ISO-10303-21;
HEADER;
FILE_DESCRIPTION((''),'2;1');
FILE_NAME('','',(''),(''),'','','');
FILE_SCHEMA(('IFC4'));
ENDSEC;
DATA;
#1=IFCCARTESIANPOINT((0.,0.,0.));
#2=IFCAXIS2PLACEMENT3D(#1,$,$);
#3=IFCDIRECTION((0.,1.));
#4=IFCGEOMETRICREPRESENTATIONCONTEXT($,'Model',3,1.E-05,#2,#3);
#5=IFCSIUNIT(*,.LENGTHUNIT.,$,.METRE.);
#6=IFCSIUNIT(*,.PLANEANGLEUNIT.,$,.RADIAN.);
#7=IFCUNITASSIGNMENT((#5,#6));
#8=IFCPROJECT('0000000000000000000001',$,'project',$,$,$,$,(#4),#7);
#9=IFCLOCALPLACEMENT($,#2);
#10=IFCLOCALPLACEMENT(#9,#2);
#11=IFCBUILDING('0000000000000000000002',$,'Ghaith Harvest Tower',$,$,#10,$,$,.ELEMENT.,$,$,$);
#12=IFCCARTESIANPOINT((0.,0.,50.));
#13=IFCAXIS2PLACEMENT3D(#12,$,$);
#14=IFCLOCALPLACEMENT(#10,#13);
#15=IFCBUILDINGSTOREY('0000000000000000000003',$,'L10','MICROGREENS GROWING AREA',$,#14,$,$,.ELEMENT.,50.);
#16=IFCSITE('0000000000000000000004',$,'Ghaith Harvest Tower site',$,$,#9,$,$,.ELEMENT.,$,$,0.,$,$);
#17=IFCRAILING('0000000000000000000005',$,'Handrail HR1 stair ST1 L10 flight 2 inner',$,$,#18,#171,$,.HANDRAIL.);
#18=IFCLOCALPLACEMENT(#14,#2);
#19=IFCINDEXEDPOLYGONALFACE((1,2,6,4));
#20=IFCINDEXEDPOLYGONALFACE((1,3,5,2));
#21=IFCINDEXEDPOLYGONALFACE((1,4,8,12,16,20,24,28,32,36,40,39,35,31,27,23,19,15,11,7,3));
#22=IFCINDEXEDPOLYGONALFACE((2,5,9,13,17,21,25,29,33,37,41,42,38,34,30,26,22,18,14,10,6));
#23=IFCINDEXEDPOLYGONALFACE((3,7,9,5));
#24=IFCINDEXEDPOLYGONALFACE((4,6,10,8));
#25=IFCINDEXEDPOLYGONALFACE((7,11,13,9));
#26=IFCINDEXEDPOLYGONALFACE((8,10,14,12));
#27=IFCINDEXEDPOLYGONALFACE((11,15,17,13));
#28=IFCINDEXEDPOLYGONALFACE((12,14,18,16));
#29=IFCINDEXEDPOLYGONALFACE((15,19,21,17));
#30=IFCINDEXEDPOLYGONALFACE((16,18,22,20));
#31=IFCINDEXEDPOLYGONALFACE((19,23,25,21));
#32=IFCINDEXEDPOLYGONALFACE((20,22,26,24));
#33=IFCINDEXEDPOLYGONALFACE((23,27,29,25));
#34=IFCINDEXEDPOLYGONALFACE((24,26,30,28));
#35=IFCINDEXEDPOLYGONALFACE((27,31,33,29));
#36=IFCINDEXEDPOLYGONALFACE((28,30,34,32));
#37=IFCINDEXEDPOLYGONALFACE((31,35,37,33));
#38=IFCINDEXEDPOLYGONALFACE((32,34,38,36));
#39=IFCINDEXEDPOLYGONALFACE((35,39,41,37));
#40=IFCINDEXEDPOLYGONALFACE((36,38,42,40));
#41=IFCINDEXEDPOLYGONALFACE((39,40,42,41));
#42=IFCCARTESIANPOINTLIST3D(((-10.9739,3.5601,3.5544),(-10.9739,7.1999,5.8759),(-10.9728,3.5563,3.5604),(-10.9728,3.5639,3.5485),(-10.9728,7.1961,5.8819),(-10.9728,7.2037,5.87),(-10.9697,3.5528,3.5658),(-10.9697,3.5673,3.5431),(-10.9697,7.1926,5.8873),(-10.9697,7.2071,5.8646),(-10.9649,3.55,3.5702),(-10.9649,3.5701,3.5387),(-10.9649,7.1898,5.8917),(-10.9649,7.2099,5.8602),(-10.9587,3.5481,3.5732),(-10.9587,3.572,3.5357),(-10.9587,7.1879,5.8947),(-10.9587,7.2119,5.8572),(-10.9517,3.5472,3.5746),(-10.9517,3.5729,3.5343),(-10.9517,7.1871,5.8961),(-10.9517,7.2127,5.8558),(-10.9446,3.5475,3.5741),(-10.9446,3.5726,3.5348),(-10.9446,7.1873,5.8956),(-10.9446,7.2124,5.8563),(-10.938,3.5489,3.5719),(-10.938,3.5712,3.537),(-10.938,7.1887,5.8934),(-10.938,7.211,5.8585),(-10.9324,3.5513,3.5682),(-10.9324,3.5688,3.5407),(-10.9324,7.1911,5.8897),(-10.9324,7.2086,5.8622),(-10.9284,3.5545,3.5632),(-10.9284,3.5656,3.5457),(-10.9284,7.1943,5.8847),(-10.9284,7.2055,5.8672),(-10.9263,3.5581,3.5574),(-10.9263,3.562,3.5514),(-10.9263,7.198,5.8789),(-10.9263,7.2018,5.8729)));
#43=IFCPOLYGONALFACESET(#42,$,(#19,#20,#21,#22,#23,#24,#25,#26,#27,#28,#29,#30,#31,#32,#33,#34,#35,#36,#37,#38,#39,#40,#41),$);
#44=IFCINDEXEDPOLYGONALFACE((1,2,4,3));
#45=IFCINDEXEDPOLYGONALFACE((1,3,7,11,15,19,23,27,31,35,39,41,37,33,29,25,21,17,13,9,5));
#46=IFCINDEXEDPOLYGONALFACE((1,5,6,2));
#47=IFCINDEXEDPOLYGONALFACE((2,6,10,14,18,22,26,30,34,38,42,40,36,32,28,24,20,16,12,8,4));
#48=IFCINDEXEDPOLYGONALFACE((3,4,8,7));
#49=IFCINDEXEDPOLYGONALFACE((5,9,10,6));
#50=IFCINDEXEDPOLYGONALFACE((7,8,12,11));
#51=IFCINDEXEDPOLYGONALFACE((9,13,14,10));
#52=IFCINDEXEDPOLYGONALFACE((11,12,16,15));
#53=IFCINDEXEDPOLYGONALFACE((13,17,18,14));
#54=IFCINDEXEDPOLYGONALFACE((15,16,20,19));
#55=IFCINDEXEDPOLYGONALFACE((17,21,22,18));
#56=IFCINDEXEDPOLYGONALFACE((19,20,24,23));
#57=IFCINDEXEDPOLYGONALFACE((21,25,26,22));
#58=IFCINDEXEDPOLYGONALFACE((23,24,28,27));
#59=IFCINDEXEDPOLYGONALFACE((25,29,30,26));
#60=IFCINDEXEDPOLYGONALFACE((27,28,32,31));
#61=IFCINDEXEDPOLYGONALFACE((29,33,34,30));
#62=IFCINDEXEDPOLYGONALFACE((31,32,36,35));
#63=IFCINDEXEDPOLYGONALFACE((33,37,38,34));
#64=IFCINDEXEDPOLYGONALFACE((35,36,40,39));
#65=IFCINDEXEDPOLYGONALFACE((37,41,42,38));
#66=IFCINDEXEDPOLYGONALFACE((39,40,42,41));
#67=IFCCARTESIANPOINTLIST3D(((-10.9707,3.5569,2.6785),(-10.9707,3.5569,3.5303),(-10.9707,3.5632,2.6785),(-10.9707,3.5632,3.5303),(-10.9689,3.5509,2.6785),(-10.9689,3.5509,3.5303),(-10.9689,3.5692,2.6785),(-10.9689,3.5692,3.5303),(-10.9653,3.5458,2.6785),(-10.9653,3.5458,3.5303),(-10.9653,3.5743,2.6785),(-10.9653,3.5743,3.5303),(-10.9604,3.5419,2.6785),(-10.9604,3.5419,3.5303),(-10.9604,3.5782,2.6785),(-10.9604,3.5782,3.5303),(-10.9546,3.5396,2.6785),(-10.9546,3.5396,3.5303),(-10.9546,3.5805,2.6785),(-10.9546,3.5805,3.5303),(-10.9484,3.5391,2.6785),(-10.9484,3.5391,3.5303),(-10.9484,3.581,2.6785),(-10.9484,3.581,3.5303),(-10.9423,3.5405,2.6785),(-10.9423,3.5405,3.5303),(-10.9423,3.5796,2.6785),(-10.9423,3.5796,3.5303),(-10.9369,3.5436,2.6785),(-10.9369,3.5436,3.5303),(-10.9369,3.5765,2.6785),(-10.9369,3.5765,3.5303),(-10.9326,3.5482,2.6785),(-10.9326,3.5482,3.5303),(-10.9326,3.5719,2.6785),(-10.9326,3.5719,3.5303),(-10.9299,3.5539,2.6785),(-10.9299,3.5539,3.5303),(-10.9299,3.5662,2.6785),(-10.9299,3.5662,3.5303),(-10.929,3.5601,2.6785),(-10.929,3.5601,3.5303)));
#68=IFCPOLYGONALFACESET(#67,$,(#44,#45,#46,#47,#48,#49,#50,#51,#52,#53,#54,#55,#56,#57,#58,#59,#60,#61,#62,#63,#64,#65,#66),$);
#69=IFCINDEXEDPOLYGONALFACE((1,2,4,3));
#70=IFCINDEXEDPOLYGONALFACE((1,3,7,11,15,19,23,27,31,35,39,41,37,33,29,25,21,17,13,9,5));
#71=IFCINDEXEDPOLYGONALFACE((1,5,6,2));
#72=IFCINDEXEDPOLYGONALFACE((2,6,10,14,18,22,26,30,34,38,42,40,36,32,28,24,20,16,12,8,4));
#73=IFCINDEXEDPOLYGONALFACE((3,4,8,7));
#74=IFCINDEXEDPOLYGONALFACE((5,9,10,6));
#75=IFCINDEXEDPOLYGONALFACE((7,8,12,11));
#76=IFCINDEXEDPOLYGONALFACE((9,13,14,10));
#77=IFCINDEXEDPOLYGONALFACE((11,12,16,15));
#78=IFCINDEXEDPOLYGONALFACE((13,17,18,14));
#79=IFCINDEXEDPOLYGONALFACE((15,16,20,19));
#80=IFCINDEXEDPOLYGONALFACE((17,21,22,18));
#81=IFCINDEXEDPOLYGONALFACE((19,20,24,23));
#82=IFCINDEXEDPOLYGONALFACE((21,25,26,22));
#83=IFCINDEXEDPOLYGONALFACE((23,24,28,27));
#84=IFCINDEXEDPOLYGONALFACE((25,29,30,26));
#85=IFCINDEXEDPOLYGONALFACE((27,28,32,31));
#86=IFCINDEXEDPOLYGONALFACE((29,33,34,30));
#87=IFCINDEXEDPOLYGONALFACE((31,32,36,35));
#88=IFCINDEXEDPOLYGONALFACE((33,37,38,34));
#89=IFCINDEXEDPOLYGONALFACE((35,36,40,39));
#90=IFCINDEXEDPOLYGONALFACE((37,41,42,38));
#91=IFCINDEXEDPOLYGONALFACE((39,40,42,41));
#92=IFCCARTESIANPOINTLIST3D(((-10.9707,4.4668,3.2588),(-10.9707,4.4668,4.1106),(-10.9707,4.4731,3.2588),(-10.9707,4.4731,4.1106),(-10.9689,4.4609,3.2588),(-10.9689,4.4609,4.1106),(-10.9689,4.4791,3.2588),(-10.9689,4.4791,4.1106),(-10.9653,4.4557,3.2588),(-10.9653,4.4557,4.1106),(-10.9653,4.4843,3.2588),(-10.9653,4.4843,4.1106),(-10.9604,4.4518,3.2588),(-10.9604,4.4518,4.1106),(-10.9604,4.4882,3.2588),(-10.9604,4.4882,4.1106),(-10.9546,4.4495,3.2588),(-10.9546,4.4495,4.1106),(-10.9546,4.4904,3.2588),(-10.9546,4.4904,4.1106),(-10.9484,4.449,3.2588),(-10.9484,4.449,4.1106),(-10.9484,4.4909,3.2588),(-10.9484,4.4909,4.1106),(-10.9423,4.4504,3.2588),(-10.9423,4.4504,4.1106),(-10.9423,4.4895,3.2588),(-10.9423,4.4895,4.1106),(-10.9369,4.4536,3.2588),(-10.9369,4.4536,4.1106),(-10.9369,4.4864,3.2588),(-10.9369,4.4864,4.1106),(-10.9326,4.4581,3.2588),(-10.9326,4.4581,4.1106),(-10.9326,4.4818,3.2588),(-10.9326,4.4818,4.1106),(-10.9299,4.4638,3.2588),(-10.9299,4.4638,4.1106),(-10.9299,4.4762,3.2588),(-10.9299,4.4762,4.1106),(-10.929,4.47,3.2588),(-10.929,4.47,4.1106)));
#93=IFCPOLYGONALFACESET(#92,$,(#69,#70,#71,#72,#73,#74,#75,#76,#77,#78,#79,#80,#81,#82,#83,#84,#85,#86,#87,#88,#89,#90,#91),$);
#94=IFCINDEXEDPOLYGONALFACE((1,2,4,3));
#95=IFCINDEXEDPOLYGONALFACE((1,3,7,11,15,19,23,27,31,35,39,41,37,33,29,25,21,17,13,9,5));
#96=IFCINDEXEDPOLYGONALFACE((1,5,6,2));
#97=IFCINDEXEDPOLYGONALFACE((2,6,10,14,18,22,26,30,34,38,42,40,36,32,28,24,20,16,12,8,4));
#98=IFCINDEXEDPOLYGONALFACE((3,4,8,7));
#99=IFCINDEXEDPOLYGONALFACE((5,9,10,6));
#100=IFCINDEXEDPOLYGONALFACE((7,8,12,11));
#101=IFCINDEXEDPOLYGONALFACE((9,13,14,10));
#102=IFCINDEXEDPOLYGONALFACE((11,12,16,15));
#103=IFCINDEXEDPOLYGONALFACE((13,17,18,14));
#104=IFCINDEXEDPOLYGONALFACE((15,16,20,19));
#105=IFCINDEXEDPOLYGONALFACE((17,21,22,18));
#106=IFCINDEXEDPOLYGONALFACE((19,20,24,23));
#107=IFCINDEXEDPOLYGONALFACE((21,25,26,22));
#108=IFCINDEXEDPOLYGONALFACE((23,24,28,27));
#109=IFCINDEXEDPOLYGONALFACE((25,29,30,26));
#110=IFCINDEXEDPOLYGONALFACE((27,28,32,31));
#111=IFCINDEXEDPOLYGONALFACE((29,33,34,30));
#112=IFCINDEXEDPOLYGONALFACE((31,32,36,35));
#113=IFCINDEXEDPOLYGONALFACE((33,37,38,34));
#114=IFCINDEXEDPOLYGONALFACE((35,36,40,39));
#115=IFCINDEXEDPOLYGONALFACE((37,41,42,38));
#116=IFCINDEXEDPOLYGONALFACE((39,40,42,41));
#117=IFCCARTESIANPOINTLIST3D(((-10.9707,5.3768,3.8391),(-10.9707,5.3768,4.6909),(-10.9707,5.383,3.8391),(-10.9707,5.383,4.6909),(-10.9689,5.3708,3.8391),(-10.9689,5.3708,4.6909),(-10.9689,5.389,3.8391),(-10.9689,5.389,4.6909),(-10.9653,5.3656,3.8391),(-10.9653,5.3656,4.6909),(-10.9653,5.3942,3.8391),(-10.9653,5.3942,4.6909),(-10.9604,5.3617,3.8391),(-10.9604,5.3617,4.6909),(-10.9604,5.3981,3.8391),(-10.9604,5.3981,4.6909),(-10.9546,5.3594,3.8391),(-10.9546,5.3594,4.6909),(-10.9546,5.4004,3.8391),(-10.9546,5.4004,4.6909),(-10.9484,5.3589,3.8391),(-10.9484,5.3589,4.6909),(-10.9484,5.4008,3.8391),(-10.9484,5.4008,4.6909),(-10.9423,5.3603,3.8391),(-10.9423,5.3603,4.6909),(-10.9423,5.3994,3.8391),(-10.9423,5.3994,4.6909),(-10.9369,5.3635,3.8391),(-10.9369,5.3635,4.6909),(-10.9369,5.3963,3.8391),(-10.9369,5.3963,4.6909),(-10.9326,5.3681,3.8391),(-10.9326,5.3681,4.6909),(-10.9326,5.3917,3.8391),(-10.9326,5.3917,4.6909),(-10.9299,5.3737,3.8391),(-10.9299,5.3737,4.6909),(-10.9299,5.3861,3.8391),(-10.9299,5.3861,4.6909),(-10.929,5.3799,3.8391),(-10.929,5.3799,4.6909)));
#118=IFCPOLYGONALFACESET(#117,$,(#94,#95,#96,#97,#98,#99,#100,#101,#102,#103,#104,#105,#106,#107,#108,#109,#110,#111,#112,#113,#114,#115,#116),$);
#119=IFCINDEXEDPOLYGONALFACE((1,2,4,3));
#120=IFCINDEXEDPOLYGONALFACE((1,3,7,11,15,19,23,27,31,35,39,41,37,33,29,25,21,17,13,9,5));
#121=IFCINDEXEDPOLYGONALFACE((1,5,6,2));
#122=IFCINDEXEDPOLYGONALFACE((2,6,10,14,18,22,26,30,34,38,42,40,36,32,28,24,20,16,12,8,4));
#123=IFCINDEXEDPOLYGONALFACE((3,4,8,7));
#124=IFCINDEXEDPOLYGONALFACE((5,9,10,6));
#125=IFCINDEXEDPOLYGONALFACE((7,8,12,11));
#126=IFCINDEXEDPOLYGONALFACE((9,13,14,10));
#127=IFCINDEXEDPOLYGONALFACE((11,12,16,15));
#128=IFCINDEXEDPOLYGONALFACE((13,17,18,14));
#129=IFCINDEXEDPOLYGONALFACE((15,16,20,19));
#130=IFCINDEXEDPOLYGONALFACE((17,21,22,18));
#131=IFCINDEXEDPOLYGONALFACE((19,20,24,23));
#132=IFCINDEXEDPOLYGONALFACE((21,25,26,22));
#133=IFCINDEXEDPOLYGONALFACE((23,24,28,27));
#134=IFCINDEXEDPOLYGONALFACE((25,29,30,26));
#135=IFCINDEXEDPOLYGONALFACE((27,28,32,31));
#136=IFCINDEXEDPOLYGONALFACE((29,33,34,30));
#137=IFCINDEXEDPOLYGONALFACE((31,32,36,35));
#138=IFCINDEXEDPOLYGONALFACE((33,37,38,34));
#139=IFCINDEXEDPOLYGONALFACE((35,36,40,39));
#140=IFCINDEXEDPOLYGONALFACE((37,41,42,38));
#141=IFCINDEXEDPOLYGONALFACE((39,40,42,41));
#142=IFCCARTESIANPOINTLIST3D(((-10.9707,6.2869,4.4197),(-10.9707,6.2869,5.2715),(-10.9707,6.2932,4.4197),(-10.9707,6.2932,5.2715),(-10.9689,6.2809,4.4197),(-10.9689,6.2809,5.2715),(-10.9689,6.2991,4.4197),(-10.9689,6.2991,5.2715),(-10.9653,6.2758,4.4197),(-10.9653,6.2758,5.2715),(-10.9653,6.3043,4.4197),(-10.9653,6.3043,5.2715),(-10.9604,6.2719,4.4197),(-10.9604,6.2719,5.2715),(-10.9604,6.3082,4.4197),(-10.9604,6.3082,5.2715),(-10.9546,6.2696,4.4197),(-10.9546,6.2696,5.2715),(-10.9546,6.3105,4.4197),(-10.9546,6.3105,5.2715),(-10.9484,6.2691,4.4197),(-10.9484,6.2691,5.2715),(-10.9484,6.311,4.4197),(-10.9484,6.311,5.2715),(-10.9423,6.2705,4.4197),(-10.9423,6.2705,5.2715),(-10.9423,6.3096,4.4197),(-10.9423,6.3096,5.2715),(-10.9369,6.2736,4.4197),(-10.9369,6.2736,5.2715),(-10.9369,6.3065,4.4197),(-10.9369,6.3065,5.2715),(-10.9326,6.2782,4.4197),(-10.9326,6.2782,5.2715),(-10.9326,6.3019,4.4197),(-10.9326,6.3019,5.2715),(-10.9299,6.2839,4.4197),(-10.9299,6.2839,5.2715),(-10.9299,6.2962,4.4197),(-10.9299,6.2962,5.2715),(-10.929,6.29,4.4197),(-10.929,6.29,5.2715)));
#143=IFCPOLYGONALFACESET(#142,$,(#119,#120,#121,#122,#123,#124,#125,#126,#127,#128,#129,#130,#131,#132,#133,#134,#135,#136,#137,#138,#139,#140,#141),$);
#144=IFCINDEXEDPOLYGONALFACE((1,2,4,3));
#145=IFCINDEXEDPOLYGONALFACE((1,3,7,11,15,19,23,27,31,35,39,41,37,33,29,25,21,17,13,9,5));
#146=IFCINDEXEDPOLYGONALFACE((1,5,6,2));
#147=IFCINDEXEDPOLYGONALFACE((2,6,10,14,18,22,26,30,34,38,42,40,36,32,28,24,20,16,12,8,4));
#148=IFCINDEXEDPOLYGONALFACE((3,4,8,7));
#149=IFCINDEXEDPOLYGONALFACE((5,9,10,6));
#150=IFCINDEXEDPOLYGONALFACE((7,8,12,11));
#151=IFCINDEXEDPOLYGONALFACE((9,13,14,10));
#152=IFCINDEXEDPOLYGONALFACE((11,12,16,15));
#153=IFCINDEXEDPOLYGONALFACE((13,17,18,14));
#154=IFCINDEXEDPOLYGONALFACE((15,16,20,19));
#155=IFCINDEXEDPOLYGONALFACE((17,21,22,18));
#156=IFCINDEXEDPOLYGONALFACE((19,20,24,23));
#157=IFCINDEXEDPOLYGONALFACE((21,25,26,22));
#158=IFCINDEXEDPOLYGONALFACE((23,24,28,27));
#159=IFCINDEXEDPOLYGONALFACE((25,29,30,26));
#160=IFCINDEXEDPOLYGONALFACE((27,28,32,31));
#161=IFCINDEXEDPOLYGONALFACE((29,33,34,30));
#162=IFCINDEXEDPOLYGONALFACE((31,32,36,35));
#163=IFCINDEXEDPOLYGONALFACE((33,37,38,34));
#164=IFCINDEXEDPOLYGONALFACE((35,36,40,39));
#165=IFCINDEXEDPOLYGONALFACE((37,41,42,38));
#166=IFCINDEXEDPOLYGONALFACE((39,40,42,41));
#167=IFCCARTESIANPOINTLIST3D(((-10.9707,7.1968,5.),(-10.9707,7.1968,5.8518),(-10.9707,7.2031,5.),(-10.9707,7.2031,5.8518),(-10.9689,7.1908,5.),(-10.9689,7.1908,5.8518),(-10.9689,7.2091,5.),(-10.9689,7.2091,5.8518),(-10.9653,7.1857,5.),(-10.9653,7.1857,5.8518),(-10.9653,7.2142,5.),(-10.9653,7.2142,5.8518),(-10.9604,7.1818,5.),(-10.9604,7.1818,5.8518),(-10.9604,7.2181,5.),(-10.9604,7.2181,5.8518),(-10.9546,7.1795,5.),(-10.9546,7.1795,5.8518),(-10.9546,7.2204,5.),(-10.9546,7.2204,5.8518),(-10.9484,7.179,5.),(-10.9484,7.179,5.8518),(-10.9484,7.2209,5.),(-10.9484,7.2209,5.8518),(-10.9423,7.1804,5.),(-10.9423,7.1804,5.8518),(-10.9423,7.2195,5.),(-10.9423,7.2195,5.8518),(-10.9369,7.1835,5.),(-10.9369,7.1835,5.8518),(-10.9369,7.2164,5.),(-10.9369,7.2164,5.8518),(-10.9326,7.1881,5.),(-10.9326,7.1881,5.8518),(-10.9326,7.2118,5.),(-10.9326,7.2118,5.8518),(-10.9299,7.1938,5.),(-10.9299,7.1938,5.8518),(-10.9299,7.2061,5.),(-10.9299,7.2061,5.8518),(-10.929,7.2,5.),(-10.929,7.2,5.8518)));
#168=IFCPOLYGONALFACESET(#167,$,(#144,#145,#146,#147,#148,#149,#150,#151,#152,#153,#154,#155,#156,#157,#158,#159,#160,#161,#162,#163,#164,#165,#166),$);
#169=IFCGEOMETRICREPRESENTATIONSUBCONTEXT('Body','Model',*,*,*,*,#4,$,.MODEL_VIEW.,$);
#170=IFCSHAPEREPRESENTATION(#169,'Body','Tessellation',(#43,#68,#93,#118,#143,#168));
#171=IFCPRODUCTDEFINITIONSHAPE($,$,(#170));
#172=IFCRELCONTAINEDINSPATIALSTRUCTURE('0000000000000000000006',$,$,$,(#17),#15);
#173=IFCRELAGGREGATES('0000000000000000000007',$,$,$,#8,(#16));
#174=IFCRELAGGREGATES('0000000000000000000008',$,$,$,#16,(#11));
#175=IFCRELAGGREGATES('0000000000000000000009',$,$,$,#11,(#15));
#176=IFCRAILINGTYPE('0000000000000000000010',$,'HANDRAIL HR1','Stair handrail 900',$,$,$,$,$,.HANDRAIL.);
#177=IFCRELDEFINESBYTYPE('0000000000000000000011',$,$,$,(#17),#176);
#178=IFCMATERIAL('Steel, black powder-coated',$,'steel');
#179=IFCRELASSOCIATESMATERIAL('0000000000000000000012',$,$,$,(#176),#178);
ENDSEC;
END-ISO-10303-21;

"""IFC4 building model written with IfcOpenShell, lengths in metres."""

from ifc_helpers import new_model, si_unit, direction, frame, origin, origin_2d, place, context, subcontext, project, spatial, circle, extrude, material, type_object, element, save


model = new_model("IFC4")

# Units and contexts
model_context = context("Model", 3, precision=1e-05, world=origin(), true_north=direction((0.0, 1.0)))
body_context = subcontext(model_context, "Body", "Model", "MODEL_VIEW")
ifc_project = project(units=[si_unit("LENGTHUNIT", "METRE"), si_unit("PLANEANGLEUNIT", "RADIAN")], contexts=[model_context])

# Site, building, storey
site_placement = place(None, origin())
site = spatial("IfcSite", under=ifc_project, at=site_placement, Name="Ghaith Harvest Tower site", CompositionType="ELEMENT", RefElevation=0.0)
building_placement = place(site_placement, origin())
building = spatial("IfcBuilding", under=site, at=building_placement, Name="Ghaith Harvest Tower", CompositionType="ELEMENT")
storey_placement = place(building_placement, frame((0.0, 0.0, 50.0)))
storey = spatial("IfcBuildingStorey", under=building, at=storey_placement, Name="L10", Description="MICROGREENS GROWING AREA", CompositionType="ELEMENT", Elevation=50.0)

# Railing
ifc_material_1 = material(Name="Steel, black powder-coated", Category="steel")
railing_type = type_object("IfcRailingType", Name="HANDRAIL HR1", Description="Stair handrail 900", PredefinedType="HANDRAIL", material=ifc_material_1)
railing_1_placement = place(storey_placement, frame((-10.95, 3.5601, 2.6785)))
element("IfcRailing", 1, at=railing_1_placement, inside=storey, type_object=railing_type, Name="Handrail HR1 stair ST1 L10 flight 2 inner", PredefinedType="HANDRAIL", context=body_context, shape_type="SweptSolid", body=[
    extrude(circle(Radius=0.0239, at=origin_2d()), frame((0.0, 0.0, 0.876), z_axis=(0.0, 0.843112, 0.537739), x_axis=(-1.0, 0.0, 0.0)), (0.0, 0.0, 1.0), 4.3171),
    extrude(circle(Radius=0.021, at=origin_2d()), origin(), (0.0, 0.0, 1.0), 0.8518),
    extrude(circle(Radius=0.021, at=origin_2d()), frame((0.0, 0.9099, 0.5803)), (0.0, 0.0, 1.0), 0.8518),
    extrude(circle(Radius=0.021, at=origin_2d()), frame((0.0, 1.8198, 1.1606)), (0.0, 0.0, 1.0), 0.8518),
    extrude(circle(Radius=0.021, at=origin_2d()), frame((0.0, 2.73, 1.7412)), (0.0, 0.0, 1.0), 0.8518),
    extrude(circle(Radius=0.021, at=origin_2d()), frame((0.0, 3.6399, 2.3215)), (0.0, 0.0, 1.0), 0.8518),
])

save(model, "model.ifc")
